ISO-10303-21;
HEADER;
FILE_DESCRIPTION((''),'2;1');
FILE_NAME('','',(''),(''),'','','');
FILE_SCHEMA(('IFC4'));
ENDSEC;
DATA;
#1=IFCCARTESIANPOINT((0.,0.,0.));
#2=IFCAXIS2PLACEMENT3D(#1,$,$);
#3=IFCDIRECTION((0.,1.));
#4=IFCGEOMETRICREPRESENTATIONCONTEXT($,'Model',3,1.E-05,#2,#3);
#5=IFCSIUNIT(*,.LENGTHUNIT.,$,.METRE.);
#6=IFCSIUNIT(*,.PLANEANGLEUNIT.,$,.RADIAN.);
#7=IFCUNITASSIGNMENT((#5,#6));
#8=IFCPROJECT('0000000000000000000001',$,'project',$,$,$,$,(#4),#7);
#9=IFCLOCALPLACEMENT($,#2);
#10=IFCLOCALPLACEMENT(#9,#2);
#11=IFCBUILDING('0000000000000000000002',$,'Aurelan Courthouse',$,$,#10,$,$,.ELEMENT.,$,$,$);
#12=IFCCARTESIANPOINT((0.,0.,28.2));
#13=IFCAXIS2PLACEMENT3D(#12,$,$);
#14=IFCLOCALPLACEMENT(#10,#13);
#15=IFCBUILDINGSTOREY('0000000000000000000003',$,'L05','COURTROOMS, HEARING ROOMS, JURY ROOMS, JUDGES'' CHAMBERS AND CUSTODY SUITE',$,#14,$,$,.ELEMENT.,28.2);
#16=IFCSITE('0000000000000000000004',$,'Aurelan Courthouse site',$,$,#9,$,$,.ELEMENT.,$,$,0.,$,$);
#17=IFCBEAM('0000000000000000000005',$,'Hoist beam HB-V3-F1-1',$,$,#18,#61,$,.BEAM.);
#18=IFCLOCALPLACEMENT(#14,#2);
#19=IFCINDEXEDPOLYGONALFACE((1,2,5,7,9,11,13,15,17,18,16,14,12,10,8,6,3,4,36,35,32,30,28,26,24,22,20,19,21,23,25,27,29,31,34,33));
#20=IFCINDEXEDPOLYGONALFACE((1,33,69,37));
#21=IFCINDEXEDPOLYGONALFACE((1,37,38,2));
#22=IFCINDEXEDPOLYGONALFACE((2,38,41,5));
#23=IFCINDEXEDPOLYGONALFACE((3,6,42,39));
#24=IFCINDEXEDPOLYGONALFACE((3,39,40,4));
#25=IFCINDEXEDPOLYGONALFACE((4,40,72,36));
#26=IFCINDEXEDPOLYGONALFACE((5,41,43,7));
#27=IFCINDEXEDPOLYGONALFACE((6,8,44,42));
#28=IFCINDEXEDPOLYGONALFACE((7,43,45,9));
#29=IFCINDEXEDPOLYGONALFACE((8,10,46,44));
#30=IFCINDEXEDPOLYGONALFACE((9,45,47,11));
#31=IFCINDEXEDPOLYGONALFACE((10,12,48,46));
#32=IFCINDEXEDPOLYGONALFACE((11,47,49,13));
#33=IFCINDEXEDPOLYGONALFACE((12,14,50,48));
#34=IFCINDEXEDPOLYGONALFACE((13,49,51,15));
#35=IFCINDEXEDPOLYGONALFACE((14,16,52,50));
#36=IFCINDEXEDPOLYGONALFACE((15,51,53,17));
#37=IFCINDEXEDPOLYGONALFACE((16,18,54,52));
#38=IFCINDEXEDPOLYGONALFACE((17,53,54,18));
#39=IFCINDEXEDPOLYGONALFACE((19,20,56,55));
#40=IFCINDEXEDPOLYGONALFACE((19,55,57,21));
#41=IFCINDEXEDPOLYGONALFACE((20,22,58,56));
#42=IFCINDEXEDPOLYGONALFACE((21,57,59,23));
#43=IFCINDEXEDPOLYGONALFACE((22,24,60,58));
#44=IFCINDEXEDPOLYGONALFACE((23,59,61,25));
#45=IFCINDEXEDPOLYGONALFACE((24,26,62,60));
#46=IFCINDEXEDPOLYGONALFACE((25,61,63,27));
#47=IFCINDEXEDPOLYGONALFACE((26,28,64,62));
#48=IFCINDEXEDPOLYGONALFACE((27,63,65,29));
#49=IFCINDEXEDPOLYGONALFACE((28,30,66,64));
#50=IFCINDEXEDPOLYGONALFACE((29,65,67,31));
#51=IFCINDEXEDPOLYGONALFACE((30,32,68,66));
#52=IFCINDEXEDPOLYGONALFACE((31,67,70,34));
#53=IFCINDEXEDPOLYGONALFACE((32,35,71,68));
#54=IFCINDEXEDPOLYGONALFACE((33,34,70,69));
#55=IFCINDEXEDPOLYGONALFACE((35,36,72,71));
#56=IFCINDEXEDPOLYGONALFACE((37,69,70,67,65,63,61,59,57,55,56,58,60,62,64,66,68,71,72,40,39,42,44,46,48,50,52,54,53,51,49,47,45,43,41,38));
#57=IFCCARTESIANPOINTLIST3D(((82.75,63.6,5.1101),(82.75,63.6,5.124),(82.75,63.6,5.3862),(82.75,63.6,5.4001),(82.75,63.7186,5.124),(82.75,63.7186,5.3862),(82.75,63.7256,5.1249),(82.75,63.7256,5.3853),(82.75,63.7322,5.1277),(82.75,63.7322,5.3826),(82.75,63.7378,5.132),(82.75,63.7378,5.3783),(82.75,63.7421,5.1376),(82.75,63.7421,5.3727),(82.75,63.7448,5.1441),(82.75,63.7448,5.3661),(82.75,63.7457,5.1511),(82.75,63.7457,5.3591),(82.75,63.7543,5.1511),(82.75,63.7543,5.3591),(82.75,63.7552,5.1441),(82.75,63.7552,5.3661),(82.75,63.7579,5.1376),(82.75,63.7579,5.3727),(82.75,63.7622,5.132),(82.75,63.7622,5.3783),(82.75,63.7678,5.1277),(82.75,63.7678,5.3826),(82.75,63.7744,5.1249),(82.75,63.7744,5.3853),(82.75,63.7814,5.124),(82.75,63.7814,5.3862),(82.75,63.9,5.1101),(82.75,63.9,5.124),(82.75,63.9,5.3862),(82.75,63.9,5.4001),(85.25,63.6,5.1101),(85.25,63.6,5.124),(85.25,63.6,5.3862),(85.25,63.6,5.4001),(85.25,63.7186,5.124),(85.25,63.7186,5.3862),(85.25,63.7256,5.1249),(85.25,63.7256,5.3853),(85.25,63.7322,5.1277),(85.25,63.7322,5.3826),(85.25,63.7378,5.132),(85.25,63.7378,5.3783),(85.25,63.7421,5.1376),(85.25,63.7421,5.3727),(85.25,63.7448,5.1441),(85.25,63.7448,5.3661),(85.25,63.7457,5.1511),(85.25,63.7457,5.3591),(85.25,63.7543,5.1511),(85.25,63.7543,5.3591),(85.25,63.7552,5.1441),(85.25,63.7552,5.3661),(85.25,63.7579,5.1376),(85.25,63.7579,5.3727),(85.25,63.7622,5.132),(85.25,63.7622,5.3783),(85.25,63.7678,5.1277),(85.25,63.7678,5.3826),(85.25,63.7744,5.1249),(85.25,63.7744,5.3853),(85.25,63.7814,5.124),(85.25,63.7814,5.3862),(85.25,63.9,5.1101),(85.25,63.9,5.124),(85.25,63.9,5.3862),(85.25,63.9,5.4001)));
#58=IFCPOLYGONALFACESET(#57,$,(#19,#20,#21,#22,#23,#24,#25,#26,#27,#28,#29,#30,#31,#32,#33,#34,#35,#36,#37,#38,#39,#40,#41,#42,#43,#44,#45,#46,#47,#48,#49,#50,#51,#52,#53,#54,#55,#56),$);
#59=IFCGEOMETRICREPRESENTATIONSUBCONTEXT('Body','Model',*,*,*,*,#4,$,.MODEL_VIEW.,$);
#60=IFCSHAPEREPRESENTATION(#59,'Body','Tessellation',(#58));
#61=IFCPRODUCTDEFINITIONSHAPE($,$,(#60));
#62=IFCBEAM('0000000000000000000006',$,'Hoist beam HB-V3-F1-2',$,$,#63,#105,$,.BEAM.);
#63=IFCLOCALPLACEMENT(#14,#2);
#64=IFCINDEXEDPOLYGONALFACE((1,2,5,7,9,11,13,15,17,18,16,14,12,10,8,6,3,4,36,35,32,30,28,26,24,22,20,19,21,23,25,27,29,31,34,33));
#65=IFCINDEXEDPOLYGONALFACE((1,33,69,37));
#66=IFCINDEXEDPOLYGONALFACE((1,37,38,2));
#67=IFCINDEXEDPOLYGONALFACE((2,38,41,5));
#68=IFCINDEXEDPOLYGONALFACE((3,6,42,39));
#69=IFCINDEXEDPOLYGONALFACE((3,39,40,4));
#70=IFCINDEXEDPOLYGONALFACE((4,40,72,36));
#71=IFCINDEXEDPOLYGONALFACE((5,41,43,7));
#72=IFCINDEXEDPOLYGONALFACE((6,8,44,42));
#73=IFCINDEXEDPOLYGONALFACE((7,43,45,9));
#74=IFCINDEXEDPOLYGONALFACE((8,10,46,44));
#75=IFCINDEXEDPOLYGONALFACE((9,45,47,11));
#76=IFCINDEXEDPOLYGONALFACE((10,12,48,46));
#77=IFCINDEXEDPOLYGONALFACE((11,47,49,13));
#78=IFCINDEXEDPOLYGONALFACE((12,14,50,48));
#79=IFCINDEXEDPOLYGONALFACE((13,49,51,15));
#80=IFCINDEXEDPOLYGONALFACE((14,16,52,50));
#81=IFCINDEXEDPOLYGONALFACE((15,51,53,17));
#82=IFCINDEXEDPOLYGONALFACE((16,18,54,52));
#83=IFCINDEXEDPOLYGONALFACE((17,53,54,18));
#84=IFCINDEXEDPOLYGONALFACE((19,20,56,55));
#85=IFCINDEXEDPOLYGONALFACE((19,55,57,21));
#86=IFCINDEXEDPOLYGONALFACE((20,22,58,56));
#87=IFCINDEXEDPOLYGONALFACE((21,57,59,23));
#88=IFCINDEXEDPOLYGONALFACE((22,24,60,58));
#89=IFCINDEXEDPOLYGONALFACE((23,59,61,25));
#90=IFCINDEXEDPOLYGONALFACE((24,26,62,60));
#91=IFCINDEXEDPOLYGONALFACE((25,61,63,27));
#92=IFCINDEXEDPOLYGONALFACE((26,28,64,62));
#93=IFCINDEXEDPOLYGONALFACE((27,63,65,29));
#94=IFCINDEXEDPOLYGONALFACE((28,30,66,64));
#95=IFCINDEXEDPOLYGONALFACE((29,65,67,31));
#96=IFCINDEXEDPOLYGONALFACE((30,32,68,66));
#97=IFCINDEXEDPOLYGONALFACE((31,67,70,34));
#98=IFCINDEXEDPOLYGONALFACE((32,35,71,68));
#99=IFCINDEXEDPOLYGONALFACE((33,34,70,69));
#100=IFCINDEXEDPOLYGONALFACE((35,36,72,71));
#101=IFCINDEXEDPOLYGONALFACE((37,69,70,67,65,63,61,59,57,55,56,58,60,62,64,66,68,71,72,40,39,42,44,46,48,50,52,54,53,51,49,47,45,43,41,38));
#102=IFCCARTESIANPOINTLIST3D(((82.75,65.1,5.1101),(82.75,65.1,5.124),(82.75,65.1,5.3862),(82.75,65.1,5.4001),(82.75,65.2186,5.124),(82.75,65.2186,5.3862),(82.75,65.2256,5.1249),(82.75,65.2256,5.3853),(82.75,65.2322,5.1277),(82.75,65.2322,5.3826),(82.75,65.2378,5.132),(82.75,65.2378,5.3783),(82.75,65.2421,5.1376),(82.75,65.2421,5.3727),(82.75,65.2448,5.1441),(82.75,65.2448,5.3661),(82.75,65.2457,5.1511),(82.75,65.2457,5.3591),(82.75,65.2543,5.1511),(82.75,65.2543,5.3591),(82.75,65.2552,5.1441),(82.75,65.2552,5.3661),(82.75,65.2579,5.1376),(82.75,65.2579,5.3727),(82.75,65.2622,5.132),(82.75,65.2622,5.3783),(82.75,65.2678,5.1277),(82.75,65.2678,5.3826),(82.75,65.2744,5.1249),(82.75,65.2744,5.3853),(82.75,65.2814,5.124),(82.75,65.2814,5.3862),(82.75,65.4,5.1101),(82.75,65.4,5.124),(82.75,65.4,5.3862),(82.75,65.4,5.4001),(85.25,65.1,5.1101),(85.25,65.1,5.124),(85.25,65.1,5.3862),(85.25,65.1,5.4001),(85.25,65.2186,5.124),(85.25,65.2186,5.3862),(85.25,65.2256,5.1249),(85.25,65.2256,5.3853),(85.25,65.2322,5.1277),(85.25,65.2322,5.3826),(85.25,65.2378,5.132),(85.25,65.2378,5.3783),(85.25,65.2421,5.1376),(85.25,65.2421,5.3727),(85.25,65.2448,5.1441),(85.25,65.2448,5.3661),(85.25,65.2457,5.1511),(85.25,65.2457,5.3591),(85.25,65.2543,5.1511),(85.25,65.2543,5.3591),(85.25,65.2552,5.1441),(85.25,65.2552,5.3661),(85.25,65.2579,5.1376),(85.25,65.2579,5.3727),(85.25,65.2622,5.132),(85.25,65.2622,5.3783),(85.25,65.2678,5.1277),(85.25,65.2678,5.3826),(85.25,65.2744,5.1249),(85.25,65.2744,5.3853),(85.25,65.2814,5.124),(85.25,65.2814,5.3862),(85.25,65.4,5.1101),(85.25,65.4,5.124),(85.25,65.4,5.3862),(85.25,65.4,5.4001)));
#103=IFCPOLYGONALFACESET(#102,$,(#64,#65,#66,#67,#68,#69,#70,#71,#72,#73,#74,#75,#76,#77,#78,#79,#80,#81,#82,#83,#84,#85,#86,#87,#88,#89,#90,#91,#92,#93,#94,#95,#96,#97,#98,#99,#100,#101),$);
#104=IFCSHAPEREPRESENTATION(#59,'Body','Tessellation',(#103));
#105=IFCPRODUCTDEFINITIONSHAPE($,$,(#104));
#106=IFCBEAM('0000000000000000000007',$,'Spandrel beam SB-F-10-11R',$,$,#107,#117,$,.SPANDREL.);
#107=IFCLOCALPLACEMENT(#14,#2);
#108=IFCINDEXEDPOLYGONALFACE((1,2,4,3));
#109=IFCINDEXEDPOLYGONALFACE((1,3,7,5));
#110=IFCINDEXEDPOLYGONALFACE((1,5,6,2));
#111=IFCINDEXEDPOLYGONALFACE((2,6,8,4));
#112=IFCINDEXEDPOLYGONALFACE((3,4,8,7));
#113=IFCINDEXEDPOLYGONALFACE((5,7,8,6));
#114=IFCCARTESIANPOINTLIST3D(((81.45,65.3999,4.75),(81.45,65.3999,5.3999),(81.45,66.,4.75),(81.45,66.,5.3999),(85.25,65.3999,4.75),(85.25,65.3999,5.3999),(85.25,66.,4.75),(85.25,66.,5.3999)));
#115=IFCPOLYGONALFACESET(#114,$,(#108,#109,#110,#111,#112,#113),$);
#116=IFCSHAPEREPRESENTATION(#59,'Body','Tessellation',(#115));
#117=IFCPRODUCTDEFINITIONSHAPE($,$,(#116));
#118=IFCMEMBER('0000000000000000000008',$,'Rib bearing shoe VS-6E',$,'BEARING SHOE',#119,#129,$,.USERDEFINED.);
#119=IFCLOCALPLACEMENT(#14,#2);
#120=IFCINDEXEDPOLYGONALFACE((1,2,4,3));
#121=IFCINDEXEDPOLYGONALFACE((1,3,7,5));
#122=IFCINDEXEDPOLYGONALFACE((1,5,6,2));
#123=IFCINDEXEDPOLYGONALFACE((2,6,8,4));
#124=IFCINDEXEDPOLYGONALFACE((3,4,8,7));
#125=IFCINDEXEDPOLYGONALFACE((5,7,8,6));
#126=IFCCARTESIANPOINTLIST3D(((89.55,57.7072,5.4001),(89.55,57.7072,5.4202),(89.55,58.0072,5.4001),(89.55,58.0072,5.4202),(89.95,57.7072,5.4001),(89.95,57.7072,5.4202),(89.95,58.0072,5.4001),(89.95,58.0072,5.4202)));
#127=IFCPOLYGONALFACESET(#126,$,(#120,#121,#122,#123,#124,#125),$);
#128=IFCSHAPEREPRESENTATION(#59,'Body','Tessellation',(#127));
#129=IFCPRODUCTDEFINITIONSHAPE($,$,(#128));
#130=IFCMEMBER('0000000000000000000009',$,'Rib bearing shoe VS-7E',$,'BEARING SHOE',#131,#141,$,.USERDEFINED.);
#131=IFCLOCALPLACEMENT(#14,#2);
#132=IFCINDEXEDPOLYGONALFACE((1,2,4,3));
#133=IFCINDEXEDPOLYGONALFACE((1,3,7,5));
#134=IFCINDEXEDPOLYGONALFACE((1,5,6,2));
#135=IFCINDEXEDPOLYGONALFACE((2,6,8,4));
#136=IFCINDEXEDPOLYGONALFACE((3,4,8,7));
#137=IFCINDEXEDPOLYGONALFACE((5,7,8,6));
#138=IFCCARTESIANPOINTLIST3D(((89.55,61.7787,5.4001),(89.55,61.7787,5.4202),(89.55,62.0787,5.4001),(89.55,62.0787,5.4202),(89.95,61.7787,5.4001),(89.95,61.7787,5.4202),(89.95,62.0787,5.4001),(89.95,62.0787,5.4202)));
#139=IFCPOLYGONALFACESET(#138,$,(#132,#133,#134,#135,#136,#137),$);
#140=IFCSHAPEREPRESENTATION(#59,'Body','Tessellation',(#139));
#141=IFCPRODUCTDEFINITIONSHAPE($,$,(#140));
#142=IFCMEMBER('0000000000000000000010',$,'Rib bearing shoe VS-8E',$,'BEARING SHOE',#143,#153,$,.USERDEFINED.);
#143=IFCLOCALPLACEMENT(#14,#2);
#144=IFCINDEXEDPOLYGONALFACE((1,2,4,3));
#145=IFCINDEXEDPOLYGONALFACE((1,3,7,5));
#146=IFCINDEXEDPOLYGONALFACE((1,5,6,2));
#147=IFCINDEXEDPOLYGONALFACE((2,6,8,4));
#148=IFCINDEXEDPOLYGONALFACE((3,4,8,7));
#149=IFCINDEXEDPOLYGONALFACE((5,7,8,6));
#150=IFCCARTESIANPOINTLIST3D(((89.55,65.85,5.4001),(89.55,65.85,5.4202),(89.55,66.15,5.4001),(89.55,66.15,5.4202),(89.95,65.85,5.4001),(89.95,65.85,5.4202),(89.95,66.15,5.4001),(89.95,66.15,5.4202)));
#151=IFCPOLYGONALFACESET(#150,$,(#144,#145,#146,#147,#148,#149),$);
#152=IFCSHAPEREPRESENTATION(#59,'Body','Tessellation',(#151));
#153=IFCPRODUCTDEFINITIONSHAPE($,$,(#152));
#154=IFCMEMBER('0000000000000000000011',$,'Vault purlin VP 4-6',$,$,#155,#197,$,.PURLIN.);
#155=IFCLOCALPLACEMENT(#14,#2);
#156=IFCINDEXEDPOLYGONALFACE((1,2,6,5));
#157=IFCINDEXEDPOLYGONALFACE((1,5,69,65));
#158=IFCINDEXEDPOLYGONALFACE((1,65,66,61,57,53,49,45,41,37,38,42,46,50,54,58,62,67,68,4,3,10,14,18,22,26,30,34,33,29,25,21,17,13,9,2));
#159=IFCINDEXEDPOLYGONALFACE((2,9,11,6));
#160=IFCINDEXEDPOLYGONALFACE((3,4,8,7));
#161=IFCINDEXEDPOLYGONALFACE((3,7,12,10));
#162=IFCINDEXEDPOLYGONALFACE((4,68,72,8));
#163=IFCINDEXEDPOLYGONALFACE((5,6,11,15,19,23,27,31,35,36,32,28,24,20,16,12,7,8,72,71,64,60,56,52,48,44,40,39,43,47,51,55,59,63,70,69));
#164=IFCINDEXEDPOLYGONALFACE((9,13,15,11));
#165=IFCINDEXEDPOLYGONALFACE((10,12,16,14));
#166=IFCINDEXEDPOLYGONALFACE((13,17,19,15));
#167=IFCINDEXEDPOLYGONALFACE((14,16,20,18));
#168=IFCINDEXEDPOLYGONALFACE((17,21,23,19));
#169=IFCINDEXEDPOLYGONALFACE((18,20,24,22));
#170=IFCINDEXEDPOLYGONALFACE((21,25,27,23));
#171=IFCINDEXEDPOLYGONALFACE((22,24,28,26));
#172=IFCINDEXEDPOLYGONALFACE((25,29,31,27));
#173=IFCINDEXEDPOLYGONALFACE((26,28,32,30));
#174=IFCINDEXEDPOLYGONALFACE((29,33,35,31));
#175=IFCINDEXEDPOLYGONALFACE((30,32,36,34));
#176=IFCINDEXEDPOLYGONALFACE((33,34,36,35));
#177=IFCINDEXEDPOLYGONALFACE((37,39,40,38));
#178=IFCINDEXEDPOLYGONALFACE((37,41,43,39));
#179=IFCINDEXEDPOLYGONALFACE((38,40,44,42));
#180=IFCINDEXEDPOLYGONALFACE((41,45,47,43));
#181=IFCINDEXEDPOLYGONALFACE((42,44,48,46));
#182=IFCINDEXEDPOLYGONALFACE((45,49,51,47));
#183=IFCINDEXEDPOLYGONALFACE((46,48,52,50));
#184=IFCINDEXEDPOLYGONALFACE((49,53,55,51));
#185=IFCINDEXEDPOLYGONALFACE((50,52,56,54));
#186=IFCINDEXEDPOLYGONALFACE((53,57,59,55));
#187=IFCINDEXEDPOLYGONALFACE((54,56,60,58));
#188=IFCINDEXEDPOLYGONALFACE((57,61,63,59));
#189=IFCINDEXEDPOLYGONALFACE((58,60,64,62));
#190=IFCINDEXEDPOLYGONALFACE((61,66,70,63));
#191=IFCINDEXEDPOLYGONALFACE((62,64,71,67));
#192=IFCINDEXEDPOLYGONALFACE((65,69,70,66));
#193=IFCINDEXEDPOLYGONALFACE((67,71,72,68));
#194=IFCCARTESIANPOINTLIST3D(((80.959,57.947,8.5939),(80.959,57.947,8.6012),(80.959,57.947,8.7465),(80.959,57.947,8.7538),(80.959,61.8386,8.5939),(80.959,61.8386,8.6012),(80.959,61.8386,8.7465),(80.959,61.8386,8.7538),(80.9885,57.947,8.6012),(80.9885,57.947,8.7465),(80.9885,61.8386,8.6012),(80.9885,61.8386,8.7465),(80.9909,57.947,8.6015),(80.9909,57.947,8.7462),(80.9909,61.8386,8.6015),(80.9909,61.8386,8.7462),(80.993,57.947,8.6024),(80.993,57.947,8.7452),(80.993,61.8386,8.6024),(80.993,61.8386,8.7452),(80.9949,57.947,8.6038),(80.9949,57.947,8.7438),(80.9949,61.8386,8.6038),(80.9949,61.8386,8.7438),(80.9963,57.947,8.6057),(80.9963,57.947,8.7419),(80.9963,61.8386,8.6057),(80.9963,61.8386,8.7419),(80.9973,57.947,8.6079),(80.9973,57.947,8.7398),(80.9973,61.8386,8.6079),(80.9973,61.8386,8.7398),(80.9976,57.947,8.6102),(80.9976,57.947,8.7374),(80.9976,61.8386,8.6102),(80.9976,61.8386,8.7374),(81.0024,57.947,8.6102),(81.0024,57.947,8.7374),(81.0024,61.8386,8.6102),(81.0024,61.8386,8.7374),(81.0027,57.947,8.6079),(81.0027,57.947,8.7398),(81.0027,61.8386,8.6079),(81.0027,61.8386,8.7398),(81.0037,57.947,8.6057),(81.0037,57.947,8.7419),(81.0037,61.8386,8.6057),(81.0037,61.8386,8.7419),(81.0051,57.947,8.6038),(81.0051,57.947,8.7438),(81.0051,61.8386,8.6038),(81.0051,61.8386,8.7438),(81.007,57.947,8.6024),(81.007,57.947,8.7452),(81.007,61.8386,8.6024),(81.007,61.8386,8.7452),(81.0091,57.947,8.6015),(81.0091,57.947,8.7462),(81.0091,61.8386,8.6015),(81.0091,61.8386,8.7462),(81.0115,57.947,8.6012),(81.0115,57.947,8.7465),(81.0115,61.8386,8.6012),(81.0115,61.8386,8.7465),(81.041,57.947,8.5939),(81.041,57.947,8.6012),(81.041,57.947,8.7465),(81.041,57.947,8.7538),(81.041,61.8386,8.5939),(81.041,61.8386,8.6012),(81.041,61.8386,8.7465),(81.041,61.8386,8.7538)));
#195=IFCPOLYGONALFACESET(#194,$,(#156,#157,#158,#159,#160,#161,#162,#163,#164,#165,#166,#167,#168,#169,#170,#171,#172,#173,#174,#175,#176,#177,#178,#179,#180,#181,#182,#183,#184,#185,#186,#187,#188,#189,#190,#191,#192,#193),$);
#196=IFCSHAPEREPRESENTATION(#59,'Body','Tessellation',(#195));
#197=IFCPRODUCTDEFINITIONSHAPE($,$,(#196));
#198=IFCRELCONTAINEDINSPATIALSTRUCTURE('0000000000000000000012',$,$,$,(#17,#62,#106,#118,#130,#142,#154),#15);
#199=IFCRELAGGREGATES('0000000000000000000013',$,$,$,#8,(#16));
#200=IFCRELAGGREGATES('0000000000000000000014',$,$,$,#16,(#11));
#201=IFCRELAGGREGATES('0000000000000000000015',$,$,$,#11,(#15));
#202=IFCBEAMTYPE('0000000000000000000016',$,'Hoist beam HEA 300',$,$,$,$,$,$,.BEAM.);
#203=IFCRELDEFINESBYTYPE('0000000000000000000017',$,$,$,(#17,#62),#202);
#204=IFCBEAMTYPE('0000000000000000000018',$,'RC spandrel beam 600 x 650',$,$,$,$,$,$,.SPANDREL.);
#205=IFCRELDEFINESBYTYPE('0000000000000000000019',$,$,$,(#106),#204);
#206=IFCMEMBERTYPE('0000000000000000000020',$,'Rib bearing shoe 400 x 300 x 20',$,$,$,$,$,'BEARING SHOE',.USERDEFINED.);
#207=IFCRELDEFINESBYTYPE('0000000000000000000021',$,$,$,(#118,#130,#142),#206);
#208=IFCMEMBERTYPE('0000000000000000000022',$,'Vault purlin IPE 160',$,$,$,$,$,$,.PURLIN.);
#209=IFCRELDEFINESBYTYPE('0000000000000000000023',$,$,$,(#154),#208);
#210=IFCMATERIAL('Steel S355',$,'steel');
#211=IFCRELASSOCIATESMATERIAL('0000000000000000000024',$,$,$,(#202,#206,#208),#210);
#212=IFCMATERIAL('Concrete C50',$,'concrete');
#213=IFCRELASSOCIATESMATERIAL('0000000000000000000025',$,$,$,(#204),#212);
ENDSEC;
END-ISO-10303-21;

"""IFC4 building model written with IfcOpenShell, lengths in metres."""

from ifc_helpers import new_model, si_unit, direction, frame, origin, origin_2d, place, context, subcontext, project, spatial, rectangle, i_section, extrude, material, material_profile, profile_set, type_object, element, save


model = new_model("IFC4")

# Units and contexts
model_context = context("Model", 3, precision=1e-05, world=origin(), true_north=direction((0.0, 1.0)))
body_context = subcontext(model_context, "Body", "Model", "MODEL_VIEW")
ifc_project = project(units=[si_unit("LENGTHUNIT", "METRE"), si_unit("PLANEANGLEUNIT", "RADIAN")], contexts=[model_context])

# Site, building, storey
site_placement = place(None, origin())
site = spatial("IfcSite", under=ifc_project, at=site_placement, Name="Aurelan Courthouse site", CompositionType="ELEMENT", RefElevation=0.0)
building_placement = place(site_placement, origin())
building = spatial("IfcBuilding", under=site, at=building_placement, Name="Aurelan Courthouse", CompositionType="ELEMENT")
storey_placement = place(building_placement, frame((0.0, 0.0, 28.2)))
storey = spatial("IfcBuildingStorey", under=building, at=storey_placement, Name="L05", Description="COURTROOMS, HEARING ROOMS, JURY ROOMS, JUDGES' CHAMBERS AND CUSTODY SUITE", CompositionType="ELEMENT", Elevation=28.2)

# Beams
ifc_material_1 = material(Name="Steel S355", Category="steel")
ifc_material_profile_1 = material_profile(ifc_material_1, i_section(OverallWidth=0.3, OverallDepth=0.29, WebThickness=0.0085, FlangeThickness=0.0139, FilletRadius=0.0271, at=origin_2d()), Name="HEA 300")
ifc_profile_set_1 = profile_set([ifc_material_profile_1], Name="Steel S355")
beam_type_1 = type_object("IfcBeamType", Name="Hoist beam HEA 300", PredefinedType="BEAM", material=ifc_profile_set_1)
for number, where, z_axis, x_axis, name in (
    (1, (82.75, 63.75, 5.2551), (1.0, 0.0, 0.0), (0.0, 1.0, 0.0), "Hoist beam HB-V3-F1-1"),
    (2, (82.75, 65.25, 5.2551), (1.0, 0.0, 0.0), (0.0, 1.0, 0.0), "Hoist beam HB-V3-F1-2"),
):
    element("IfcBeam", number, at=place(storey_placement, frame(where, z_axis=z_axis, x_axis=x_axis)), inside=storey, type_object=beam_type_1, Name=name, PredefinedType="BEAM", context=body_context, shape_type="SweptSolid", body=[
        extrude(i_section(OverallWidth=0.3, OverallDepth=0.29, WebThickness=0.0085, FlangeThickness=0.0139, FilletRadius=0.0271, at=origin_2d()), origin(), (0.0, 0.0, 1.0), 2.5),
    ])
ifc_material_2 = material(Name="Concrete C50", Category="concrete")
ifc_material_profile_2 = material_profile(ifc_material_2, rectangle(XDim=0.6001, YDim=0.6499, at=origin_2d()), Name="RC 600 x 650")
ifc_profile_set_2 = profile_set([ifc_material_profile_2], Name="Concrete C50")
beam_type_2 = type_object("IfcBeamType", Name="RC spandrel beam 600 x 650", PredefinedType="SPANDREL", material=ifc_profile_set_2)
beam_placement = place(storey_placement, frame((81.45, 65.7, 5.075), z_axis=(1.0, 0.0, 0.0), x_axis=(0.0, 1.0, 0.0)))
element("IfcBeam", 3, at=beam_placement, inside=storey, type_object=beam_type_2, Name="Spandrel beam SB-F-10-11R", PredefinedType="SPANDREL", context=body_context, shape_type="SweptSolid", body=[
    extrude(rectangle(XDim=0.6001, YDim=0.6499, at=origin_2d()), origin(), (0.0, 0.0, 1.0), 3.8),
])

# Members
ifc_material_profile_3 = material_profile(ifc_material_1, rectangle(XDim=0.3999, YDim=0.3, at=origin_2d()), Name="PL 400 x 300")
ifc_profile_set_3 = profile_set([ifc_material_profile_3], Name="Steel S355")
member_type_1 = type_object("IfcMemberType", Name="Rib bearing shoe 400 x 300 x 20", ElementType="BEARING SHOE", PredefinedType="USERDEFINED", material=ifc_profile_set_3)
for number, where, z_axis, x_axis, name in (
    (4, (89.75, 57.8572, 5.4001), (0.0, 0.0, 1.0), (1.0, 0.0, 0.0), "Rib bearing shoe VS-6E"),
    (5, (89.75, 61.9287, 5.4001), (0.0, 0.0, 1.0), (1.0, 0.0, 0.0), "Rib bearing shoe VS-7E"),
    (6, (89.75, 66.0, 5.4001), (0.0, 0.0, 1.0), (1.0, 0.0, 0.0), "Rib bearing shoe VS-8E"),
):
    element("IfcMember", number, at=place(storey_placement, frame(where, z_axis=z_axis, x_axis=x_axis)), inside=storey, type_object=member_type_1, Name=name, ObjectType="BEARING SHOE", PredefinedType="USERDEFINED", context=body_context, shape_type="SweptSolid", body=[
        extrude(rectangle(XDim=0.3999, YDim=0.3, at=origin_2d()), origin(), (0.0, 0.0, 1.0), 0.02),
    ])
ifc_material_profile_4 = material_profile(ifc_material_1, i_section(OverallWidth=0.082, OverallDepth=0.1599, WebThickness=0.0049, FlangeThickness=0.0073, FilletRadius=0.009, at=origin_2d()), Name="IPE 160")
ifc_profile_set_4 = profile_set([ifc_material_profile_4], Name="Steel S355")
member_type_2 = type_object("IfcMemberType", Name="Vault purlin IPE 160", PredefinedType="PURLIN", material=ifc_profile_set_4)
member_1_placement = place(storey_placement, frame((81.0, 57.947, 8.6738), z_axis=(0.0, 1.0, 0.0), x_axis=(-1.0, 0.0, 0.0)))
element("IfcMember", 7, at=member_1_placement, inside=storey, type_object=member_type_2, Name="Vault purlin VP 4-6", PredefinedType="PURLIN", context=body_context, shape_type="SweptSolid", body=[
    extrude(i_section(OverallWidth=0.082, OverallDepth=0.1599, WebThickness=0.0049, FlangeThickness=0.0073, FilletRadius=0.009, at=origin_2d()), origin(), (0.0, 0.0, 1.0), 3.8916),
])

save(model, "model.ifc")
